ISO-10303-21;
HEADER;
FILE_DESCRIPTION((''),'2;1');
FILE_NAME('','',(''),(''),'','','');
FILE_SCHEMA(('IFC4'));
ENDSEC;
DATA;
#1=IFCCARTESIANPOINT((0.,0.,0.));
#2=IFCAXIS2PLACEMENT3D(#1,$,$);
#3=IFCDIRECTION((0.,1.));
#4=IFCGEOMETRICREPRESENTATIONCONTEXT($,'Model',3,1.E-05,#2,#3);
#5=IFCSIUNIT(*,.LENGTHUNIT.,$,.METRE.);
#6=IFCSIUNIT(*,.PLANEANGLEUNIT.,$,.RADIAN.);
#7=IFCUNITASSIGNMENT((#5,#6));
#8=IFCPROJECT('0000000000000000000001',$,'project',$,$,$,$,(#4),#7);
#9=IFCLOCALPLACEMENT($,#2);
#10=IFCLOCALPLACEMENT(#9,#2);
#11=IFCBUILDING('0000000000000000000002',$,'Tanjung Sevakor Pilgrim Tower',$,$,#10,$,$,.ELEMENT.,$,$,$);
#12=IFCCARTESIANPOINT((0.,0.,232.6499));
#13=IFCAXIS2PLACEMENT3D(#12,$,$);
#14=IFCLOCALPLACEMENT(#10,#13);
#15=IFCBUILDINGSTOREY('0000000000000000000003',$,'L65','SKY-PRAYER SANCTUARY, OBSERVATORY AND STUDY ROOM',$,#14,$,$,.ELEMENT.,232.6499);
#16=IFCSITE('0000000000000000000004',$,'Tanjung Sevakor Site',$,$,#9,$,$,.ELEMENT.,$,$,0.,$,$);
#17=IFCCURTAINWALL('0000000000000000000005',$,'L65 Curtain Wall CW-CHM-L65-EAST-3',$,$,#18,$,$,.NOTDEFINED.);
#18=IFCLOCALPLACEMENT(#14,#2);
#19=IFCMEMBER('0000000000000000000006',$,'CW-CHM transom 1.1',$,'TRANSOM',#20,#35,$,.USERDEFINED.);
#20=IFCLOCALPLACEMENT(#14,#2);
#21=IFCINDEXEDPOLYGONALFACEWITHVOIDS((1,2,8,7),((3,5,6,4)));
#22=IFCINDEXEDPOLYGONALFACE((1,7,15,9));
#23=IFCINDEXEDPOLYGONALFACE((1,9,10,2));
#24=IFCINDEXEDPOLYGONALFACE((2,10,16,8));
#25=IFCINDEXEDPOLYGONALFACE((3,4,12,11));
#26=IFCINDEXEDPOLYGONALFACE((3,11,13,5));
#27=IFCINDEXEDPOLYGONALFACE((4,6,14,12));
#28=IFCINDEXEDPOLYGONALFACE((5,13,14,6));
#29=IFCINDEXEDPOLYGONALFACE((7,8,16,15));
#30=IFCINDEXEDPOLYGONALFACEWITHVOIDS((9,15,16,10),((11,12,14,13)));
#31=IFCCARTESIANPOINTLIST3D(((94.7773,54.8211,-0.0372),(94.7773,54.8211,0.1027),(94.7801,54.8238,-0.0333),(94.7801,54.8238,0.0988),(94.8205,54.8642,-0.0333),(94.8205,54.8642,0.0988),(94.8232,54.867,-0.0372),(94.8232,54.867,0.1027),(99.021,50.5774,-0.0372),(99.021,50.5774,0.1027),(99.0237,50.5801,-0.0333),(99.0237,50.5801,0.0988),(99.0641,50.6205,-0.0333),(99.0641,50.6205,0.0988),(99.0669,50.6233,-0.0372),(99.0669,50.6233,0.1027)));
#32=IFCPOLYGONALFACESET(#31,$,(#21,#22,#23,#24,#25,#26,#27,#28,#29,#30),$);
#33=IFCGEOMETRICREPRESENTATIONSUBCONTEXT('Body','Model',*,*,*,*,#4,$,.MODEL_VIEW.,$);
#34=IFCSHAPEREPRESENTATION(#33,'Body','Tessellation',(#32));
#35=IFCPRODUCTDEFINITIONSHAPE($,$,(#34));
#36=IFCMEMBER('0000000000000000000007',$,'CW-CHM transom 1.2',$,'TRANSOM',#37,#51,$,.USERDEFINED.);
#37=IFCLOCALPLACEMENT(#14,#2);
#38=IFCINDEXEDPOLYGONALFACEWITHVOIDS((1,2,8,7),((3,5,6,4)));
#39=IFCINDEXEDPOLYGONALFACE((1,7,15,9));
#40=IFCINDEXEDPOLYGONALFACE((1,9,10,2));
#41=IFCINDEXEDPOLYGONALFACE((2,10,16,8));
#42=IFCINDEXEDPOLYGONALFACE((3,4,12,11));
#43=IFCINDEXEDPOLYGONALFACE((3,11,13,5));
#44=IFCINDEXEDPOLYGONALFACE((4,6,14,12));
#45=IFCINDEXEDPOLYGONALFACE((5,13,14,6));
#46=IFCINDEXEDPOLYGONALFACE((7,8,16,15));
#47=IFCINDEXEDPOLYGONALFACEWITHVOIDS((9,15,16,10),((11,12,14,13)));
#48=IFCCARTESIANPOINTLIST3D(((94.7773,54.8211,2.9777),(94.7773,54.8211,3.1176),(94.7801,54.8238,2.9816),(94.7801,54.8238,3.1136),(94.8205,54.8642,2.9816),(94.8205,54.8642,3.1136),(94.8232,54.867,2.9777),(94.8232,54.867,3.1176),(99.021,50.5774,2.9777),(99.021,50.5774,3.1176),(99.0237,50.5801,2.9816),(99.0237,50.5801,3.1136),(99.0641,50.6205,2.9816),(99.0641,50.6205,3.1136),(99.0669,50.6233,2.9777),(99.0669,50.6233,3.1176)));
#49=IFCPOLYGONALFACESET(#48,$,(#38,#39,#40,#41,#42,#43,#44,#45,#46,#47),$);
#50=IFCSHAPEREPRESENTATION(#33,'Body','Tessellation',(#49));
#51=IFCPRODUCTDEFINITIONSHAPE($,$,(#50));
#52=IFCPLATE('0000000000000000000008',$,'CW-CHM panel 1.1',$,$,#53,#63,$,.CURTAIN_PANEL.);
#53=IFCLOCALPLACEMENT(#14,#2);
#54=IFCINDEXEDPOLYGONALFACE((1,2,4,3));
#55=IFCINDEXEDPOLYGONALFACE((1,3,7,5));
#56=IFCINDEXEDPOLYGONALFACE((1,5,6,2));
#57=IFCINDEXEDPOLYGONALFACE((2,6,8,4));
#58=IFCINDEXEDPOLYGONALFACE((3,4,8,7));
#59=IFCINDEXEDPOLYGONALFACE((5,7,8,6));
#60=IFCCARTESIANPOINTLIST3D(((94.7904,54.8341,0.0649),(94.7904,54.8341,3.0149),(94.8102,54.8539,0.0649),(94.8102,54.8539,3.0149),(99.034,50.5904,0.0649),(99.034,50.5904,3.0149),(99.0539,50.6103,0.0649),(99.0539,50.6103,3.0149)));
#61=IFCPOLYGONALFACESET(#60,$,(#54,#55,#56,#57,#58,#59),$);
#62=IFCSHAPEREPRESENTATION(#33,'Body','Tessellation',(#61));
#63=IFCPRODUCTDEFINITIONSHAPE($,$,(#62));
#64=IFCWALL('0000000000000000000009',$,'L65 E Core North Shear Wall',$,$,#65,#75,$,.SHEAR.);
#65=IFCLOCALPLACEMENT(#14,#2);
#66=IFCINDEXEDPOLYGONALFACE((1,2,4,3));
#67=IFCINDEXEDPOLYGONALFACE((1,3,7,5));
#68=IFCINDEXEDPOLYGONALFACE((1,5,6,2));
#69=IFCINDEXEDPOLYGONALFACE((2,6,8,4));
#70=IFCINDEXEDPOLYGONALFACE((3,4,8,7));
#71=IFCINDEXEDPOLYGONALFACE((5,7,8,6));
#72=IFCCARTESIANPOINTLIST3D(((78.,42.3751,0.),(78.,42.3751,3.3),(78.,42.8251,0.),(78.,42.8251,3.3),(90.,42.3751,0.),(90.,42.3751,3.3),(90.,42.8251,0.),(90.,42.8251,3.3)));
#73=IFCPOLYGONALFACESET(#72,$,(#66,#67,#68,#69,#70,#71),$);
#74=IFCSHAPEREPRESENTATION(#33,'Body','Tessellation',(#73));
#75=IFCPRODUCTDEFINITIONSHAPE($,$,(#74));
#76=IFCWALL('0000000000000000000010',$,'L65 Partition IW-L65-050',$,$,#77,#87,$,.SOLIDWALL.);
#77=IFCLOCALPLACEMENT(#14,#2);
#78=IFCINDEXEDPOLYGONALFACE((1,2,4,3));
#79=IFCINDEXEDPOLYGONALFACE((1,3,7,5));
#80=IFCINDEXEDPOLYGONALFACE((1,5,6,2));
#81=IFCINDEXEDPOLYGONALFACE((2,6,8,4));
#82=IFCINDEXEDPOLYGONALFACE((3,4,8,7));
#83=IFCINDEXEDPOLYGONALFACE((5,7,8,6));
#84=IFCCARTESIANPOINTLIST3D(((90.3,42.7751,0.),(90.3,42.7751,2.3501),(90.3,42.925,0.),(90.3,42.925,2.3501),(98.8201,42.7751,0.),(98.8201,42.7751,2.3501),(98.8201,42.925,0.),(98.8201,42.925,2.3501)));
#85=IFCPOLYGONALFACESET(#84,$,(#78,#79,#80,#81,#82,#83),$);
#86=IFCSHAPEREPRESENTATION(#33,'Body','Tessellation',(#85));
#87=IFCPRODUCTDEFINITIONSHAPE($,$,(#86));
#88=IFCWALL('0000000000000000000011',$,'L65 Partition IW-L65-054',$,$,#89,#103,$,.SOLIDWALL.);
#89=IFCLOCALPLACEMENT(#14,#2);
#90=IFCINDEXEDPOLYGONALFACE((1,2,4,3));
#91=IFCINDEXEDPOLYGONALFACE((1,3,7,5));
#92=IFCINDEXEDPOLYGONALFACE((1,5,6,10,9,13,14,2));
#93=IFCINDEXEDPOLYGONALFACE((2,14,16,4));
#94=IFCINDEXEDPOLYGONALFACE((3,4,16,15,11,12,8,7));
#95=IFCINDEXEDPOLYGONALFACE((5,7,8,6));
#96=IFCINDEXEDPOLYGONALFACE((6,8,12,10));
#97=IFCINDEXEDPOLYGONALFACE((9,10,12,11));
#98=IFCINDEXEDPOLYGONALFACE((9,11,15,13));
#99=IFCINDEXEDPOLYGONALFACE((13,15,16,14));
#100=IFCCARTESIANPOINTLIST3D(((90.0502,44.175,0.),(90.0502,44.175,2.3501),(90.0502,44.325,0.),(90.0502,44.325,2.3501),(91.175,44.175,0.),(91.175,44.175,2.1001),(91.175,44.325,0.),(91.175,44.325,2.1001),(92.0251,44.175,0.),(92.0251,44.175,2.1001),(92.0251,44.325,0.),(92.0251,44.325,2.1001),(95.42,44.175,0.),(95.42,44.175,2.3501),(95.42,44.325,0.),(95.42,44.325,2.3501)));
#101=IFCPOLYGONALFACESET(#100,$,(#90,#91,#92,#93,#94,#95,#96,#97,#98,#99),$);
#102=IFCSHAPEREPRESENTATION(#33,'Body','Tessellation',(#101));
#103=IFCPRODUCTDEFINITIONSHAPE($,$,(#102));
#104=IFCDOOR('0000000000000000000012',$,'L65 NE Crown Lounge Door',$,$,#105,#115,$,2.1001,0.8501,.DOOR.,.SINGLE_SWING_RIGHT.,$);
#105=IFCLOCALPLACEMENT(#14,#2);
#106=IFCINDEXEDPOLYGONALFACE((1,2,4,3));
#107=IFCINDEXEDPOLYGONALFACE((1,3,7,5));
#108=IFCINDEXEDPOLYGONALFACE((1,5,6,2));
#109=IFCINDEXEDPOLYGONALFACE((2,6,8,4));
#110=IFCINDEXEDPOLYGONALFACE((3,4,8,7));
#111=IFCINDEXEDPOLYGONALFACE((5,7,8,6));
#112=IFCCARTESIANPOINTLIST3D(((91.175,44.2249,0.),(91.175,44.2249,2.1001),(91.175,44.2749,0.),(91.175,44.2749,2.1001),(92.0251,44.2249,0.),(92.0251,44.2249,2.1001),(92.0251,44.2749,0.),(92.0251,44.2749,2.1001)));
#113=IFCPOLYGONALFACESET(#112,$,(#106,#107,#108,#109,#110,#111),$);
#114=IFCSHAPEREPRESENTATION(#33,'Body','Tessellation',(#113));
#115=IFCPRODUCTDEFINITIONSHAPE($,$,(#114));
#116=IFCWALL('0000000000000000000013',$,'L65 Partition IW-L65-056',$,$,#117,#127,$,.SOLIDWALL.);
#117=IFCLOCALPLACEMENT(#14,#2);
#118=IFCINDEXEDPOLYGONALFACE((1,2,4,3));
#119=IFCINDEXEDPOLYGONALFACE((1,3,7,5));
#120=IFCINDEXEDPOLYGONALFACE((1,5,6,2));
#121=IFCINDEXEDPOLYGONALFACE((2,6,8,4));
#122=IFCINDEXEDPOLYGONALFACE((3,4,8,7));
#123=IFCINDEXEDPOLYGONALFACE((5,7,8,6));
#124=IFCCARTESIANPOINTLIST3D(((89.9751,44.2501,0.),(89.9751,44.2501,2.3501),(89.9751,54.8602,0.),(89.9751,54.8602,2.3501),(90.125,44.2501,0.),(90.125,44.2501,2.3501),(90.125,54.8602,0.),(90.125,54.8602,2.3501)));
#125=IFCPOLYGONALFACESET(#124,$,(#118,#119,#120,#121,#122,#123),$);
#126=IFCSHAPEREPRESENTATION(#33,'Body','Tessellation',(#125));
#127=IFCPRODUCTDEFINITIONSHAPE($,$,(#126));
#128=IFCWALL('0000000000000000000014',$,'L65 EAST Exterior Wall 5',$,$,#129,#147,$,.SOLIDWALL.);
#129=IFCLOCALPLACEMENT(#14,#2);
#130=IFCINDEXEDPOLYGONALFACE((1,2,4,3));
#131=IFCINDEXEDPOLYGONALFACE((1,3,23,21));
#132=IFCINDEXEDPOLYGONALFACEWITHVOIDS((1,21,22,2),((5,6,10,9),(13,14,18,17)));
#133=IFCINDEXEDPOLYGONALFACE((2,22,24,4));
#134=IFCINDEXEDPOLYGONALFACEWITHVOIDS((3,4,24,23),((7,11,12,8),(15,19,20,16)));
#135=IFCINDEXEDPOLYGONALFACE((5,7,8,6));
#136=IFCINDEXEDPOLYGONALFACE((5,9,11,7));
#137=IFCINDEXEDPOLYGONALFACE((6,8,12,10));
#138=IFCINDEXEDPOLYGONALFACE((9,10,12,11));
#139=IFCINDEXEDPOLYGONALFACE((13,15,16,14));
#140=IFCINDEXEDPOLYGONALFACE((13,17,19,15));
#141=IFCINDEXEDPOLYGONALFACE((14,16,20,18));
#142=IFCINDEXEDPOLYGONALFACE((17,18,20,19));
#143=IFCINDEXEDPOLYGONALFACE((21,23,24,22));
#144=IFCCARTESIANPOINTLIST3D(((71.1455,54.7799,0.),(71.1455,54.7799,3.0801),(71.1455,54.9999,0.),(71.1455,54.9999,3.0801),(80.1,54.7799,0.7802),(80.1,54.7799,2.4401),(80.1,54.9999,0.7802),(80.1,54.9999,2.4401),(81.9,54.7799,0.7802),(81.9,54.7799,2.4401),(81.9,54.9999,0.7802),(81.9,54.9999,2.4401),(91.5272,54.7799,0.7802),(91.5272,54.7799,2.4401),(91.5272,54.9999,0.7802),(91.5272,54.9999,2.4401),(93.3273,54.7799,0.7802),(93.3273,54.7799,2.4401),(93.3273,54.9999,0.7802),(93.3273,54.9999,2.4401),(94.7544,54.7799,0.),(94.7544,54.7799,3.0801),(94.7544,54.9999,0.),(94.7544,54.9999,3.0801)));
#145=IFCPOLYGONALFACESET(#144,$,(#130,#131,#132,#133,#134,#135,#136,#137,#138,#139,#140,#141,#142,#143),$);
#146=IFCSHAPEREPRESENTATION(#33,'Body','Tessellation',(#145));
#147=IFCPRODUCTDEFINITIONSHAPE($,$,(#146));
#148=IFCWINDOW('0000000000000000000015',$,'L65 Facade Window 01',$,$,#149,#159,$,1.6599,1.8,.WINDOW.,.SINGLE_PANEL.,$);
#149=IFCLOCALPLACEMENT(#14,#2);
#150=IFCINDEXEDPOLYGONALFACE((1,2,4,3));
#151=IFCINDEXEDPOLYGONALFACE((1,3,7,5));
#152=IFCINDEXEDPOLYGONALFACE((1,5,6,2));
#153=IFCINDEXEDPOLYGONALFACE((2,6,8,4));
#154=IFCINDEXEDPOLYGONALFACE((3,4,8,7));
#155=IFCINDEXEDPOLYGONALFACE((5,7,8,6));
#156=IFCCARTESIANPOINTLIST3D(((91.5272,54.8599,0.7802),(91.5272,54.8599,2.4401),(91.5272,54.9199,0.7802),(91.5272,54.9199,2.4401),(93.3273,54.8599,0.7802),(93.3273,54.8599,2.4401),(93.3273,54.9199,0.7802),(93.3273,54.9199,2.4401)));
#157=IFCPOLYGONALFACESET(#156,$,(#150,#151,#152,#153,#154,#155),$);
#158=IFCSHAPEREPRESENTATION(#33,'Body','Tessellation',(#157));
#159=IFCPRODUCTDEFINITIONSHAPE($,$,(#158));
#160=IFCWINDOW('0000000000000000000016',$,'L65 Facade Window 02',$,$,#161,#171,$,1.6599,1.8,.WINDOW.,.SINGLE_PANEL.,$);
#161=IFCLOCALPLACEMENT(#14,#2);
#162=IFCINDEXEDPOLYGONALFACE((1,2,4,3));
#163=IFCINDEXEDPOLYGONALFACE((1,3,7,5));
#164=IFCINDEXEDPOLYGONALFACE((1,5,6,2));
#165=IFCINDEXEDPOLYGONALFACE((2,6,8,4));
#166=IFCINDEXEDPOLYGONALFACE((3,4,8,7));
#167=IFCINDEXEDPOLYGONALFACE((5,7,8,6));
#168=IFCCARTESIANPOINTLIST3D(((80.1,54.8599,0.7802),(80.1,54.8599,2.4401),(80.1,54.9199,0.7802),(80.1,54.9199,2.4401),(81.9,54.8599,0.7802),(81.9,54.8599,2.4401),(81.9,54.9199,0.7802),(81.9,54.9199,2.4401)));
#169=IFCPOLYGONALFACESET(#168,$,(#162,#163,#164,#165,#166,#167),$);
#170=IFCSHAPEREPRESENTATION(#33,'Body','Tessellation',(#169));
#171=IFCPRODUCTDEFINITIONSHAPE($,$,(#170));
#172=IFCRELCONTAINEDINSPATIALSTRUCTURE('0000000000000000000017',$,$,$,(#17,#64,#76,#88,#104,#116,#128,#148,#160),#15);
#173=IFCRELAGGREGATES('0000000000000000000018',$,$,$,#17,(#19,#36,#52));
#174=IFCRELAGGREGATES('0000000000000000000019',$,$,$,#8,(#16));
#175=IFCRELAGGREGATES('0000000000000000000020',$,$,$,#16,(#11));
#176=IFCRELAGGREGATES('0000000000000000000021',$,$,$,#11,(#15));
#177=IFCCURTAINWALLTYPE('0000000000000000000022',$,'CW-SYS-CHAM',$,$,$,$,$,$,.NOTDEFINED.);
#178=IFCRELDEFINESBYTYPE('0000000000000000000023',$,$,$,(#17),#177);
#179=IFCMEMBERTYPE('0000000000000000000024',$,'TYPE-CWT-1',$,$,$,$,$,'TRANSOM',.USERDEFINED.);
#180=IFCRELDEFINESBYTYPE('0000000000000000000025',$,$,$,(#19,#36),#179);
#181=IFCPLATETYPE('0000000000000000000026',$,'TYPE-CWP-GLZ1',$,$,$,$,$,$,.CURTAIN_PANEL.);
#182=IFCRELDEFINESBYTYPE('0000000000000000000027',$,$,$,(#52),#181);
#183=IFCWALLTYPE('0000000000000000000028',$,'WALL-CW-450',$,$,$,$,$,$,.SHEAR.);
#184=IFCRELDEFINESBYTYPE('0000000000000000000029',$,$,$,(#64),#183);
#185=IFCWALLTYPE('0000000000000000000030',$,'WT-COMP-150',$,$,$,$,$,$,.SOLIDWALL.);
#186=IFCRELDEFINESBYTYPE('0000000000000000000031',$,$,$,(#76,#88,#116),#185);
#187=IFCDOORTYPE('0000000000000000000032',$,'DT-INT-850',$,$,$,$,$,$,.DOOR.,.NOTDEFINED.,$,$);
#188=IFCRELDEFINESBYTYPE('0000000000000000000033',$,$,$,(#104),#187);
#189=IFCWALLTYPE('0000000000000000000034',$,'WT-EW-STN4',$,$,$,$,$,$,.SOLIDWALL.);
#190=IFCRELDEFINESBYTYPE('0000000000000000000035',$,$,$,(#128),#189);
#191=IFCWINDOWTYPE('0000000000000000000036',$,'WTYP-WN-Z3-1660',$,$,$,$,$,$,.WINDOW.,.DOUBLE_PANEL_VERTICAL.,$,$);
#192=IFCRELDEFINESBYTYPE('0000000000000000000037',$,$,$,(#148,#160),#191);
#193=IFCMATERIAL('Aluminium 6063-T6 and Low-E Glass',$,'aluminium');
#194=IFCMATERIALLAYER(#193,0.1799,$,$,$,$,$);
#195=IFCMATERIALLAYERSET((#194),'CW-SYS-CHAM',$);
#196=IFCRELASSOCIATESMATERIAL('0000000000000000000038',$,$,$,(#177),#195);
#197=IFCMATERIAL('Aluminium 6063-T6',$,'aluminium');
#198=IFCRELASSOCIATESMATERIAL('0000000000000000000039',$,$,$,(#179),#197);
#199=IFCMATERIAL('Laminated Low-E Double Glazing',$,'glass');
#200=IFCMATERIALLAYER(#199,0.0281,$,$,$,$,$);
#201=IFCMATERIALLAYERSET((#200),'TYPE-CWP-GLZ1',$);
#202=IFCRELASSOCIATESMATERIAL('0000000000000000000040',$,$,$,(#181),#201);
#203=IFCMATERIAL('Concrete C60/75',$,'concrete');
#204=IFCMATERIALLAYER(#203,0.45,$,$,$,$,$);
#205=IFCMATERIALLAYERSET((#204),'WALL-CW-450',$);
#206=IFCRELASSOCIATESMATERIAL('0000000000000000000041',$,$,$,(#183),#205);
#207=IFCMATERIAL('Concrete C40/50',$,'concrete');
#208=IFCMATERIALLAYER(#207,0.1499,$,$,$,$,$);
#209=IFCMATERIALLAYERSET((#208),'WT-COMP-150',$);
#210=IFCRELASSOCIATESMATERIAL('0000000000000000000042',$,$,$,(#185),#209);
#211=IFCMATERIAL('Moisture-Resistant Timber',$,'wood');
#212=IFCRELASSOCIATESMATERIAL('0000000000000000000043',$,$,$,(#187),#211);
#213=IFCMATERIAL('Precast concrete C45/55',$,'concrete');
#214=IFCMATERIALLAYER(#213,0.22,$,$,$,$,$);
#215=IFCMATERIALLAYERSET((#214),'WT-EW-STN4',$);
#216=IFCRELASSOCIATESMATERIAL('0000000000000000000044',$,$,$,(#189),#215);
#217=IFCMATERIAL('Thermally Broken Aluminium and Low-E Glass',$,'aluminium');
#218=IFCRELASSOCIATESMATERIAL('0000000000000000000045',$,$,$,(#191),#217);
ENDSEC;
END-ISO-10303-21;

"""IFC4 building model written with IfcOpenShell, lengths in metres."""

from ifc_helpers import new_model, si_unit, direction, frame, frame_2d, origin, origin_2d, place, context, subcontext, project, spatial, rectangle, hollow_rectangle, extrude, material, layer, layer_set, material_profile, profile_set, type_object, element, fill, aggregate, save


model = new_model("IFC4")

# Units and contexts
model_context = context("Model", 3, precision=1e-05, world=origin(), true_north=direction((0.0, 1.0)))
body_context = subcontext(model_context, "Body", "Model", "MODEL_VIEW")
ifc_project = project(units=[si_unit("LENGTHUNIT", "METRE"), si_unit("PLANEANGLEUNIT", "RADIAN")], contexts=[model_context])

# Site, building, storey
site_placement = place(None, origin())
site = spatial("IfcSite", under=ifc_project, at=site_placement, Name="Tanjung Sevakor Site", CompositionType="ELEMENT", RefElevation=0.0)
building_placement = place(site_placement, origin())
building = spatial("IfcBuilding", under=site, at=building_placement, Name="Tanjung Sevakor Pilgrim Tower", CompositionType="ELEMENT")
storey_placement = place(building_placement, frame((0.0, 0.0, 232.6499)))
storey = spatial("IfcBuildingStorey", under=building, at=storey_placement, Name="L65", Description="SKY-PRAYER SANCTUARY, OBSERVATORY AND STUDY ROOM", CompositionType="ELEMENT", Elevation=232.6499)

# Curtain wall, members, plate
ifc_material_1 = material(Name="Aluminium 6063-T6 and Low-E Glass", Category="aluminium")
ifc_layer_1 = layer(ifc_material_1, 0.1799)
ifc_layer_set_1 = layer_set([ifc_layer_1], Name="CW-SYS-CHAM")
curtain_wall_type = type_object("IfcCurtainWallType", Name="CW-SYS-CHAM", PredefinedType="NOTDEFINED", material=ifc_layer_set_1)
curtain_wall_placement = place(storey_placement, origin())
curtain_wall = element("IfcCurtainWall", 1, at=curtain_wall_placement, inside=storey, type_object=curtain_wall_type, Name="L65 Curtain Wall CW-CHM-L65-EAST-3", PredefinedType="NOTDEFINED")
ifc_material_2 = material(Name="Aluminium 6063-T6", Category="aluminium")
ifc_material_profile_1 = material_profile(ifc_material_2, hollow_rectangle(XDim=0.0649, YDim=0.1399, WallThickness=0.0039, at=origin_2d()))
ifc_profile_set_1 = profile_set([ifc_material_profile_1], Name="Aluminium 6063-T6")
member_type_1 = type_object("IfcMemberType", Name="TYPE-CWT-1", ElementType="TRANSOM", PredefinedType="USERDEFINED", material=ifc_profile_set_1)
member_1_placement = place(storey_placement, frame((99.0439, 50.6003, 0.0327), z_axis=(-0.707107, 0.707107, 0.0), x_axis=(-0.707107, -0.707107, 0.0)))
member_1 = element("IfcMember", 2, at=member_1_placement, type_object=member_type_1, Name="CW-CHM transom 1.1", ObjectType="TRANSOM", PredefinedType="USERDEFINED", context=body_context, shape_type="SweptSolid", body=[
    extrude(hollow_rectangle(XDim=0.0649, YDim=0.1399, WallThickness=0.0039, at=origin_2d()), origin(), (0.0, 0.0, 1.0), 6.0015),
])
member_2_placement = place(storey_placement, frame((99.0439, 50.6003, 3.0476), z_axis=(-0.707107, 0.707107, 0.0), x_axis=(-0.707107, -0.707107, 0.0)))
member_2 = element("IfcMember", 3, at=member_2_placement, type_object=member_type_1, Name="CW-CHM transom 1.2", ObjectType="TRANSOM", PredefinedType="USERDEFINED", context=body_context, shape_type="SweptSolid", body=[
    extrude(hollow_rectangle(XDim=0.0649, YDim=0.1399, WallThickness=0.0039, at=origin_2d()), origin(), (0.0, 0.0, 1.0), 6.0015),
])
ifc_material_3 = material(Name="Laminated Low-E Double Glazing", Category="glass")
ifc_layer_2 = layer(ifc_material_3, 0.0281)
ifc_layer_set_2 = layer_set([ifc_layer_2], Name="TYPE-CWP-GLZ1")
plate_type = type_object("IfcPlateType", Name="TYPE-CWP-GLZ1", PredefinedType="CURTAIN_PANEL", material=ifc_layer_set_2)
plate_placement = place(storey_placement, frame((96.9221, 52.7222, 0.0649), z_axis=(0.0, 0.0, 1.0), x_axis=(-0.707107, 0.707107, 0.0)))
plate = element("IfcPlate", 4, at=plate_placement, type_object=plate_type, Name="CW-CHM panel 1.1", PredefinedType="CURTAIN_PANEL", context=body_context, shape_type="SweptSolid", body=[
    extrude(rectangle(XDim=6.0015, YDim=0.0281, at=origin_2d()), origin(), (0.0, 0.0, 1.0), 2.95),
])
aggregate(curtain_wall, [member_1, member_2, plate])

# Walls
ifc_material_4 = material(Name="Concrete C60/75", Category="concrete")
ifc_layer_3 = layer(ifc_material_4, 0.45)
ifc_layer_set_3 = layer_set([ifc_layer_3], Name="WALL-CW-450")
wall_type_1 = type_object("IfcWallType", Name="WALL-CW-450", PredefinedType="SHEAR", material=ifc_layer_set_3)
wall_1_placement = place(storey_placement, frame((90.0, 42.6001, 0.0), z_axis=(0.0, 0.0, 1.0), x_axis=(-1.0, 0.0, 0.0)))
element("IfcWall", 5, at=wall_1_placement, inside=storey, type_object=wall_type_1, Name="L65 E Core North Shear Wall", PredefinedType="SHEAR", context=body_context, shape_type="SweptSolid", body=[
    extrude(rectangle(XDim=12.0, YDim=0.45, at=frame_2d((6.0, 0.0))), origin(), (0.0, 0.0, 1.0), 3.3),
])
ifc_material_5 = material(Name="Concrete C40/50", Category="concrete")
ifc_layer_4 = layer(ifc_material_5, 0.1499)
ifc_layer_set_4 = layer_set([ifc_layer_4], Name="WT-COMP-150")
wall_type_2 = type_object("IfcWallType", Name="WT-COMP-150", PredefinedType="SOLIDWALL", material=ifc_layer_set_4)
wall_2_placement = place(storey_placement, frame((90.3, 42.8501, 0.0), z_axis=(0.0, 0.0, 1.0), x_axis=(1.0, 0.0, 0.0)))
element("IfcWall", 6, at=wall_2_placement, inside=storey, type_object=wall_type_2, Name="L65 Partition IW-L65-050", PredefinedType="SOLIDWALL", context=body_context, shape_type="SweptSolid", body=[
    extrude(rectangle(XDim=8.52, YDim=0.1499, at=frame_2d((4.26, 0.0))), origin(), (0.0, 0.0, 1.0), 2.3501),
])

# Wall, opening, door
wall_3_placement = place(storey_placement, frame((90.05, 44.25, 0.0), z_axis=(0.0, 0.0, 1.0), x_axis=(1.0, 0.0, 0.0)))
wall_3 = element("IfcWall", 7, at=wall_3_placement, inside=storey, type_object=wall_type_2, Name="L65 Partition IW-L65-054", PredefinedType="SOLIDWALL", context=body_context, shape_type="SweptSolid", body=[
    extrude(rectangle(XDim=5.3699, YDim=0.1499, at=frame_2d((2.6851, 0.0))), origin(), (0.0, 0.0, 1.0), 2.3501),
])
opening_1_placement = place(wall_3_placement, frame((1.125, 0.0, 0.0)))
opening_1 = element("IfcOpeningElement", 8, at=opening_1_placement, cuts=wall_3, PredefinedType="OPENING", context=body_context, shape_type="SweptSolid", body=[
    extrude(rectangle(XDim=0.8501, YDim=2.1001, at=frame_2d((0.425, 1.05))), frame((0.0, 0.085, 0.0), z_axis=(0.0, -1.0, 0.0), x_axis=(1.0, 0.0, 0.0)), (0.0, 0.0, 1.0), 0.1699),
])
ifc_material_6 = material(Name="Moisture-Resistant Timber", Category="wood")
door_type = type_object("IfcDoorType", Name="DT-INT-850", OperationType="NOTDEFINED", PredefinedType="DOOR", material=ifc_material_6)
door_placement = place(opening_1_placement, origin())
door = element("IfcDoor", 9, at=door_placement, inside=storey, type_object=door_type, Name="L65 NE Crown Lounge Door", OperationType="SINGLE_SWING_RIGHT", OverallHeight=2.1001, OverallWidth=0.8501, PredefinedType="DOOR", context=body_context, shape_type="SweptSolid", body=[
    extrude(rectangle(XDim=0.8501, YDim=2.1001, at=frame_2d((0.425, 1.05))), frame((0.0, 0.0249, 0.0), z_axis=(0.0, -1.0, 0.0), x_axis=(1.0, 0.0, 0.0)), (0.0, 0.0, 1.0), 0.05),
])
fill(opening_1, door)

# Wall
wall_4_placement = place(storey_placement, frame((90.05, 44.25, 0.0), z_axis=(0.0, 0.0, 1.0), x_axis=(0.0, 1.0, 0.0)))
element("IfcWall", 10, at=wall_4_placement, inside=storey, type_object=wall_type_2, Name="L65 Partition IW-L65-056", PredefinedType="SOLIDWALL", context=body_context, shape_type="SweptSolid", body=[
    extrude(rectangle(XDim=10.6101, YDim=0.1499, at=frame_2d((5.3052, 0.0))), origin(), (0.0, 0.0, 1.0), 2.3501),
])

# Wall, openings, windows
ifc_material_7 = material(Name="Precast concrete C45/55", Category="concrete")
ifc_layer_5 = layer(ifc_material_7, 0.22)
ifc_layer_set_5 = layer_set([ifc_layer_5], Name="WT-EW-STN4")
wall_type_3 = type_object("IfcWallType", Name="WT-EW-STN4", PredefinedType="SOLIDWALL", material=ifc_layer_set_5)
wall_5_placement = place(storey_placement, frame((94.7544, 54.8899, 0.0), z_axis=(0.0, 0.0, 1.0), x_axis=(-1.0, 0.0, 0.0)))
wall_5 = element("IfcWall", 11, at=wall_5_placement, inside=storey, type_object=wall_type_3, Name="L65 EAST Exterior Wall 5", PredefinedType="SOLIDWALL", context=body_context, shape_type="SweptSolid", body=[
    extrude(rectangle(XDim=23.6089, YDim=0.22, at=frame_2d((11.8044, 0.0))), origin(), (0.0, 0.0, 1.0), 3.0801),
])
opening_2_placement = place(wall_5_placement, frame((1.4272, 0.0, 0.78)))
opening_2 = element("IfcOpeningElement", 12, at=opening_2_placement, cuts=wall_5, PredefinedType="OPENING", context=body_context, shape_type="SweptSolid", body=[
    extrude(rectangle(XDim=1.8, YDim=1.6599, at=frame_2d((0.8999, 0.8301))), frame((0.0, 0.1199, 0.0), z_axis=(0.0, -1.0, 0.0), x_axis=(1.0, 0.0, 0.0)), (0.0, 0.0, 1.0), 0.24),
])
opening_3_placement = place(wall_5_placement, frame((12.8545, 0.0, 0.78)))
opening_3 = element("IfcOpeningElement", 13, at=opening_3_placement, cuts=wall_5, PredefinedType="OPENING", context=body_context, shape_type="SweptSolid", body=[
    extrude(rectangle(XDim=1.8, YDim=1.6599, at=frame_2d((0.8999, 0.8301))), frame((0.0, 0.1199, 0.0), z_axis=(0.0, -1.0, 0.0), x_axis=(1.0, 0.0, 0.0)), (0.0, 0.0, 1.0), 0.24),
])
ifc_material_8 = material(Name="Thermally Broken Aluminium and Low-E Glass", Category="aluminium")
window_type = type_object("IfcWindowType", Name="WTYP-WN-Z3-1660", PartitioningType="DOUBLE_PANEL_VERTICAL", PredefinedType="WINDOW", material=ifc_material_8)
window_1_placement = place(opening_2_placement, origin())
window_1 = element("IfcWindow", 14, at=window_1_placement, inside=storey, type_object=window_type, Name="L65 Facade Window 01", OverallHeight=1.6599, OverallWidth=1.8, PartitioningType="SINGLE_PANEL", PredefinedType="WINDOW", context=body_context, shape_type="SweptSolid", body=[
    extrude(rectangle(XDim=1.8, YDim=1.6599, at=frame_2d((0.8999, 0.8301))), frame((0.0, 0.03, 0.0), z_axis=(0.0, -1.0, 0.0), x_axis=(1.0, 0.0, 0.0)), (0.0, 0.0, 1.0), 0.0601),
])
fill(opening_2, window_1)
window_2_placement = place(opening_3_placement, origin())
window_2 = element("IfcWindow", 15, at=window_2_placement, inside=storey, type_object=window_type, Name="L65 Facade Window 02", OverallHeight=1.6599, OverallWidth=1.8, PartitioningType="SINGLE_PANEL", PredefinedType="WINDOW", context=body_context, shape_type="SweptSolid", body=[
    extrude(rectangle(XDim=1.8, YDim=1.6599, at=frame_2d((0.8999, 0.8301))), frame((0.0, 0.03, 0.0), z_axis=(0.0, -1.0, 0.0), x_axis=(1.0, 0.0, 0.0)), (0.0, 0.0, 1.0), 0.0601),
])
fill(opening_3, window_2)

save(model, "model.ifc")
